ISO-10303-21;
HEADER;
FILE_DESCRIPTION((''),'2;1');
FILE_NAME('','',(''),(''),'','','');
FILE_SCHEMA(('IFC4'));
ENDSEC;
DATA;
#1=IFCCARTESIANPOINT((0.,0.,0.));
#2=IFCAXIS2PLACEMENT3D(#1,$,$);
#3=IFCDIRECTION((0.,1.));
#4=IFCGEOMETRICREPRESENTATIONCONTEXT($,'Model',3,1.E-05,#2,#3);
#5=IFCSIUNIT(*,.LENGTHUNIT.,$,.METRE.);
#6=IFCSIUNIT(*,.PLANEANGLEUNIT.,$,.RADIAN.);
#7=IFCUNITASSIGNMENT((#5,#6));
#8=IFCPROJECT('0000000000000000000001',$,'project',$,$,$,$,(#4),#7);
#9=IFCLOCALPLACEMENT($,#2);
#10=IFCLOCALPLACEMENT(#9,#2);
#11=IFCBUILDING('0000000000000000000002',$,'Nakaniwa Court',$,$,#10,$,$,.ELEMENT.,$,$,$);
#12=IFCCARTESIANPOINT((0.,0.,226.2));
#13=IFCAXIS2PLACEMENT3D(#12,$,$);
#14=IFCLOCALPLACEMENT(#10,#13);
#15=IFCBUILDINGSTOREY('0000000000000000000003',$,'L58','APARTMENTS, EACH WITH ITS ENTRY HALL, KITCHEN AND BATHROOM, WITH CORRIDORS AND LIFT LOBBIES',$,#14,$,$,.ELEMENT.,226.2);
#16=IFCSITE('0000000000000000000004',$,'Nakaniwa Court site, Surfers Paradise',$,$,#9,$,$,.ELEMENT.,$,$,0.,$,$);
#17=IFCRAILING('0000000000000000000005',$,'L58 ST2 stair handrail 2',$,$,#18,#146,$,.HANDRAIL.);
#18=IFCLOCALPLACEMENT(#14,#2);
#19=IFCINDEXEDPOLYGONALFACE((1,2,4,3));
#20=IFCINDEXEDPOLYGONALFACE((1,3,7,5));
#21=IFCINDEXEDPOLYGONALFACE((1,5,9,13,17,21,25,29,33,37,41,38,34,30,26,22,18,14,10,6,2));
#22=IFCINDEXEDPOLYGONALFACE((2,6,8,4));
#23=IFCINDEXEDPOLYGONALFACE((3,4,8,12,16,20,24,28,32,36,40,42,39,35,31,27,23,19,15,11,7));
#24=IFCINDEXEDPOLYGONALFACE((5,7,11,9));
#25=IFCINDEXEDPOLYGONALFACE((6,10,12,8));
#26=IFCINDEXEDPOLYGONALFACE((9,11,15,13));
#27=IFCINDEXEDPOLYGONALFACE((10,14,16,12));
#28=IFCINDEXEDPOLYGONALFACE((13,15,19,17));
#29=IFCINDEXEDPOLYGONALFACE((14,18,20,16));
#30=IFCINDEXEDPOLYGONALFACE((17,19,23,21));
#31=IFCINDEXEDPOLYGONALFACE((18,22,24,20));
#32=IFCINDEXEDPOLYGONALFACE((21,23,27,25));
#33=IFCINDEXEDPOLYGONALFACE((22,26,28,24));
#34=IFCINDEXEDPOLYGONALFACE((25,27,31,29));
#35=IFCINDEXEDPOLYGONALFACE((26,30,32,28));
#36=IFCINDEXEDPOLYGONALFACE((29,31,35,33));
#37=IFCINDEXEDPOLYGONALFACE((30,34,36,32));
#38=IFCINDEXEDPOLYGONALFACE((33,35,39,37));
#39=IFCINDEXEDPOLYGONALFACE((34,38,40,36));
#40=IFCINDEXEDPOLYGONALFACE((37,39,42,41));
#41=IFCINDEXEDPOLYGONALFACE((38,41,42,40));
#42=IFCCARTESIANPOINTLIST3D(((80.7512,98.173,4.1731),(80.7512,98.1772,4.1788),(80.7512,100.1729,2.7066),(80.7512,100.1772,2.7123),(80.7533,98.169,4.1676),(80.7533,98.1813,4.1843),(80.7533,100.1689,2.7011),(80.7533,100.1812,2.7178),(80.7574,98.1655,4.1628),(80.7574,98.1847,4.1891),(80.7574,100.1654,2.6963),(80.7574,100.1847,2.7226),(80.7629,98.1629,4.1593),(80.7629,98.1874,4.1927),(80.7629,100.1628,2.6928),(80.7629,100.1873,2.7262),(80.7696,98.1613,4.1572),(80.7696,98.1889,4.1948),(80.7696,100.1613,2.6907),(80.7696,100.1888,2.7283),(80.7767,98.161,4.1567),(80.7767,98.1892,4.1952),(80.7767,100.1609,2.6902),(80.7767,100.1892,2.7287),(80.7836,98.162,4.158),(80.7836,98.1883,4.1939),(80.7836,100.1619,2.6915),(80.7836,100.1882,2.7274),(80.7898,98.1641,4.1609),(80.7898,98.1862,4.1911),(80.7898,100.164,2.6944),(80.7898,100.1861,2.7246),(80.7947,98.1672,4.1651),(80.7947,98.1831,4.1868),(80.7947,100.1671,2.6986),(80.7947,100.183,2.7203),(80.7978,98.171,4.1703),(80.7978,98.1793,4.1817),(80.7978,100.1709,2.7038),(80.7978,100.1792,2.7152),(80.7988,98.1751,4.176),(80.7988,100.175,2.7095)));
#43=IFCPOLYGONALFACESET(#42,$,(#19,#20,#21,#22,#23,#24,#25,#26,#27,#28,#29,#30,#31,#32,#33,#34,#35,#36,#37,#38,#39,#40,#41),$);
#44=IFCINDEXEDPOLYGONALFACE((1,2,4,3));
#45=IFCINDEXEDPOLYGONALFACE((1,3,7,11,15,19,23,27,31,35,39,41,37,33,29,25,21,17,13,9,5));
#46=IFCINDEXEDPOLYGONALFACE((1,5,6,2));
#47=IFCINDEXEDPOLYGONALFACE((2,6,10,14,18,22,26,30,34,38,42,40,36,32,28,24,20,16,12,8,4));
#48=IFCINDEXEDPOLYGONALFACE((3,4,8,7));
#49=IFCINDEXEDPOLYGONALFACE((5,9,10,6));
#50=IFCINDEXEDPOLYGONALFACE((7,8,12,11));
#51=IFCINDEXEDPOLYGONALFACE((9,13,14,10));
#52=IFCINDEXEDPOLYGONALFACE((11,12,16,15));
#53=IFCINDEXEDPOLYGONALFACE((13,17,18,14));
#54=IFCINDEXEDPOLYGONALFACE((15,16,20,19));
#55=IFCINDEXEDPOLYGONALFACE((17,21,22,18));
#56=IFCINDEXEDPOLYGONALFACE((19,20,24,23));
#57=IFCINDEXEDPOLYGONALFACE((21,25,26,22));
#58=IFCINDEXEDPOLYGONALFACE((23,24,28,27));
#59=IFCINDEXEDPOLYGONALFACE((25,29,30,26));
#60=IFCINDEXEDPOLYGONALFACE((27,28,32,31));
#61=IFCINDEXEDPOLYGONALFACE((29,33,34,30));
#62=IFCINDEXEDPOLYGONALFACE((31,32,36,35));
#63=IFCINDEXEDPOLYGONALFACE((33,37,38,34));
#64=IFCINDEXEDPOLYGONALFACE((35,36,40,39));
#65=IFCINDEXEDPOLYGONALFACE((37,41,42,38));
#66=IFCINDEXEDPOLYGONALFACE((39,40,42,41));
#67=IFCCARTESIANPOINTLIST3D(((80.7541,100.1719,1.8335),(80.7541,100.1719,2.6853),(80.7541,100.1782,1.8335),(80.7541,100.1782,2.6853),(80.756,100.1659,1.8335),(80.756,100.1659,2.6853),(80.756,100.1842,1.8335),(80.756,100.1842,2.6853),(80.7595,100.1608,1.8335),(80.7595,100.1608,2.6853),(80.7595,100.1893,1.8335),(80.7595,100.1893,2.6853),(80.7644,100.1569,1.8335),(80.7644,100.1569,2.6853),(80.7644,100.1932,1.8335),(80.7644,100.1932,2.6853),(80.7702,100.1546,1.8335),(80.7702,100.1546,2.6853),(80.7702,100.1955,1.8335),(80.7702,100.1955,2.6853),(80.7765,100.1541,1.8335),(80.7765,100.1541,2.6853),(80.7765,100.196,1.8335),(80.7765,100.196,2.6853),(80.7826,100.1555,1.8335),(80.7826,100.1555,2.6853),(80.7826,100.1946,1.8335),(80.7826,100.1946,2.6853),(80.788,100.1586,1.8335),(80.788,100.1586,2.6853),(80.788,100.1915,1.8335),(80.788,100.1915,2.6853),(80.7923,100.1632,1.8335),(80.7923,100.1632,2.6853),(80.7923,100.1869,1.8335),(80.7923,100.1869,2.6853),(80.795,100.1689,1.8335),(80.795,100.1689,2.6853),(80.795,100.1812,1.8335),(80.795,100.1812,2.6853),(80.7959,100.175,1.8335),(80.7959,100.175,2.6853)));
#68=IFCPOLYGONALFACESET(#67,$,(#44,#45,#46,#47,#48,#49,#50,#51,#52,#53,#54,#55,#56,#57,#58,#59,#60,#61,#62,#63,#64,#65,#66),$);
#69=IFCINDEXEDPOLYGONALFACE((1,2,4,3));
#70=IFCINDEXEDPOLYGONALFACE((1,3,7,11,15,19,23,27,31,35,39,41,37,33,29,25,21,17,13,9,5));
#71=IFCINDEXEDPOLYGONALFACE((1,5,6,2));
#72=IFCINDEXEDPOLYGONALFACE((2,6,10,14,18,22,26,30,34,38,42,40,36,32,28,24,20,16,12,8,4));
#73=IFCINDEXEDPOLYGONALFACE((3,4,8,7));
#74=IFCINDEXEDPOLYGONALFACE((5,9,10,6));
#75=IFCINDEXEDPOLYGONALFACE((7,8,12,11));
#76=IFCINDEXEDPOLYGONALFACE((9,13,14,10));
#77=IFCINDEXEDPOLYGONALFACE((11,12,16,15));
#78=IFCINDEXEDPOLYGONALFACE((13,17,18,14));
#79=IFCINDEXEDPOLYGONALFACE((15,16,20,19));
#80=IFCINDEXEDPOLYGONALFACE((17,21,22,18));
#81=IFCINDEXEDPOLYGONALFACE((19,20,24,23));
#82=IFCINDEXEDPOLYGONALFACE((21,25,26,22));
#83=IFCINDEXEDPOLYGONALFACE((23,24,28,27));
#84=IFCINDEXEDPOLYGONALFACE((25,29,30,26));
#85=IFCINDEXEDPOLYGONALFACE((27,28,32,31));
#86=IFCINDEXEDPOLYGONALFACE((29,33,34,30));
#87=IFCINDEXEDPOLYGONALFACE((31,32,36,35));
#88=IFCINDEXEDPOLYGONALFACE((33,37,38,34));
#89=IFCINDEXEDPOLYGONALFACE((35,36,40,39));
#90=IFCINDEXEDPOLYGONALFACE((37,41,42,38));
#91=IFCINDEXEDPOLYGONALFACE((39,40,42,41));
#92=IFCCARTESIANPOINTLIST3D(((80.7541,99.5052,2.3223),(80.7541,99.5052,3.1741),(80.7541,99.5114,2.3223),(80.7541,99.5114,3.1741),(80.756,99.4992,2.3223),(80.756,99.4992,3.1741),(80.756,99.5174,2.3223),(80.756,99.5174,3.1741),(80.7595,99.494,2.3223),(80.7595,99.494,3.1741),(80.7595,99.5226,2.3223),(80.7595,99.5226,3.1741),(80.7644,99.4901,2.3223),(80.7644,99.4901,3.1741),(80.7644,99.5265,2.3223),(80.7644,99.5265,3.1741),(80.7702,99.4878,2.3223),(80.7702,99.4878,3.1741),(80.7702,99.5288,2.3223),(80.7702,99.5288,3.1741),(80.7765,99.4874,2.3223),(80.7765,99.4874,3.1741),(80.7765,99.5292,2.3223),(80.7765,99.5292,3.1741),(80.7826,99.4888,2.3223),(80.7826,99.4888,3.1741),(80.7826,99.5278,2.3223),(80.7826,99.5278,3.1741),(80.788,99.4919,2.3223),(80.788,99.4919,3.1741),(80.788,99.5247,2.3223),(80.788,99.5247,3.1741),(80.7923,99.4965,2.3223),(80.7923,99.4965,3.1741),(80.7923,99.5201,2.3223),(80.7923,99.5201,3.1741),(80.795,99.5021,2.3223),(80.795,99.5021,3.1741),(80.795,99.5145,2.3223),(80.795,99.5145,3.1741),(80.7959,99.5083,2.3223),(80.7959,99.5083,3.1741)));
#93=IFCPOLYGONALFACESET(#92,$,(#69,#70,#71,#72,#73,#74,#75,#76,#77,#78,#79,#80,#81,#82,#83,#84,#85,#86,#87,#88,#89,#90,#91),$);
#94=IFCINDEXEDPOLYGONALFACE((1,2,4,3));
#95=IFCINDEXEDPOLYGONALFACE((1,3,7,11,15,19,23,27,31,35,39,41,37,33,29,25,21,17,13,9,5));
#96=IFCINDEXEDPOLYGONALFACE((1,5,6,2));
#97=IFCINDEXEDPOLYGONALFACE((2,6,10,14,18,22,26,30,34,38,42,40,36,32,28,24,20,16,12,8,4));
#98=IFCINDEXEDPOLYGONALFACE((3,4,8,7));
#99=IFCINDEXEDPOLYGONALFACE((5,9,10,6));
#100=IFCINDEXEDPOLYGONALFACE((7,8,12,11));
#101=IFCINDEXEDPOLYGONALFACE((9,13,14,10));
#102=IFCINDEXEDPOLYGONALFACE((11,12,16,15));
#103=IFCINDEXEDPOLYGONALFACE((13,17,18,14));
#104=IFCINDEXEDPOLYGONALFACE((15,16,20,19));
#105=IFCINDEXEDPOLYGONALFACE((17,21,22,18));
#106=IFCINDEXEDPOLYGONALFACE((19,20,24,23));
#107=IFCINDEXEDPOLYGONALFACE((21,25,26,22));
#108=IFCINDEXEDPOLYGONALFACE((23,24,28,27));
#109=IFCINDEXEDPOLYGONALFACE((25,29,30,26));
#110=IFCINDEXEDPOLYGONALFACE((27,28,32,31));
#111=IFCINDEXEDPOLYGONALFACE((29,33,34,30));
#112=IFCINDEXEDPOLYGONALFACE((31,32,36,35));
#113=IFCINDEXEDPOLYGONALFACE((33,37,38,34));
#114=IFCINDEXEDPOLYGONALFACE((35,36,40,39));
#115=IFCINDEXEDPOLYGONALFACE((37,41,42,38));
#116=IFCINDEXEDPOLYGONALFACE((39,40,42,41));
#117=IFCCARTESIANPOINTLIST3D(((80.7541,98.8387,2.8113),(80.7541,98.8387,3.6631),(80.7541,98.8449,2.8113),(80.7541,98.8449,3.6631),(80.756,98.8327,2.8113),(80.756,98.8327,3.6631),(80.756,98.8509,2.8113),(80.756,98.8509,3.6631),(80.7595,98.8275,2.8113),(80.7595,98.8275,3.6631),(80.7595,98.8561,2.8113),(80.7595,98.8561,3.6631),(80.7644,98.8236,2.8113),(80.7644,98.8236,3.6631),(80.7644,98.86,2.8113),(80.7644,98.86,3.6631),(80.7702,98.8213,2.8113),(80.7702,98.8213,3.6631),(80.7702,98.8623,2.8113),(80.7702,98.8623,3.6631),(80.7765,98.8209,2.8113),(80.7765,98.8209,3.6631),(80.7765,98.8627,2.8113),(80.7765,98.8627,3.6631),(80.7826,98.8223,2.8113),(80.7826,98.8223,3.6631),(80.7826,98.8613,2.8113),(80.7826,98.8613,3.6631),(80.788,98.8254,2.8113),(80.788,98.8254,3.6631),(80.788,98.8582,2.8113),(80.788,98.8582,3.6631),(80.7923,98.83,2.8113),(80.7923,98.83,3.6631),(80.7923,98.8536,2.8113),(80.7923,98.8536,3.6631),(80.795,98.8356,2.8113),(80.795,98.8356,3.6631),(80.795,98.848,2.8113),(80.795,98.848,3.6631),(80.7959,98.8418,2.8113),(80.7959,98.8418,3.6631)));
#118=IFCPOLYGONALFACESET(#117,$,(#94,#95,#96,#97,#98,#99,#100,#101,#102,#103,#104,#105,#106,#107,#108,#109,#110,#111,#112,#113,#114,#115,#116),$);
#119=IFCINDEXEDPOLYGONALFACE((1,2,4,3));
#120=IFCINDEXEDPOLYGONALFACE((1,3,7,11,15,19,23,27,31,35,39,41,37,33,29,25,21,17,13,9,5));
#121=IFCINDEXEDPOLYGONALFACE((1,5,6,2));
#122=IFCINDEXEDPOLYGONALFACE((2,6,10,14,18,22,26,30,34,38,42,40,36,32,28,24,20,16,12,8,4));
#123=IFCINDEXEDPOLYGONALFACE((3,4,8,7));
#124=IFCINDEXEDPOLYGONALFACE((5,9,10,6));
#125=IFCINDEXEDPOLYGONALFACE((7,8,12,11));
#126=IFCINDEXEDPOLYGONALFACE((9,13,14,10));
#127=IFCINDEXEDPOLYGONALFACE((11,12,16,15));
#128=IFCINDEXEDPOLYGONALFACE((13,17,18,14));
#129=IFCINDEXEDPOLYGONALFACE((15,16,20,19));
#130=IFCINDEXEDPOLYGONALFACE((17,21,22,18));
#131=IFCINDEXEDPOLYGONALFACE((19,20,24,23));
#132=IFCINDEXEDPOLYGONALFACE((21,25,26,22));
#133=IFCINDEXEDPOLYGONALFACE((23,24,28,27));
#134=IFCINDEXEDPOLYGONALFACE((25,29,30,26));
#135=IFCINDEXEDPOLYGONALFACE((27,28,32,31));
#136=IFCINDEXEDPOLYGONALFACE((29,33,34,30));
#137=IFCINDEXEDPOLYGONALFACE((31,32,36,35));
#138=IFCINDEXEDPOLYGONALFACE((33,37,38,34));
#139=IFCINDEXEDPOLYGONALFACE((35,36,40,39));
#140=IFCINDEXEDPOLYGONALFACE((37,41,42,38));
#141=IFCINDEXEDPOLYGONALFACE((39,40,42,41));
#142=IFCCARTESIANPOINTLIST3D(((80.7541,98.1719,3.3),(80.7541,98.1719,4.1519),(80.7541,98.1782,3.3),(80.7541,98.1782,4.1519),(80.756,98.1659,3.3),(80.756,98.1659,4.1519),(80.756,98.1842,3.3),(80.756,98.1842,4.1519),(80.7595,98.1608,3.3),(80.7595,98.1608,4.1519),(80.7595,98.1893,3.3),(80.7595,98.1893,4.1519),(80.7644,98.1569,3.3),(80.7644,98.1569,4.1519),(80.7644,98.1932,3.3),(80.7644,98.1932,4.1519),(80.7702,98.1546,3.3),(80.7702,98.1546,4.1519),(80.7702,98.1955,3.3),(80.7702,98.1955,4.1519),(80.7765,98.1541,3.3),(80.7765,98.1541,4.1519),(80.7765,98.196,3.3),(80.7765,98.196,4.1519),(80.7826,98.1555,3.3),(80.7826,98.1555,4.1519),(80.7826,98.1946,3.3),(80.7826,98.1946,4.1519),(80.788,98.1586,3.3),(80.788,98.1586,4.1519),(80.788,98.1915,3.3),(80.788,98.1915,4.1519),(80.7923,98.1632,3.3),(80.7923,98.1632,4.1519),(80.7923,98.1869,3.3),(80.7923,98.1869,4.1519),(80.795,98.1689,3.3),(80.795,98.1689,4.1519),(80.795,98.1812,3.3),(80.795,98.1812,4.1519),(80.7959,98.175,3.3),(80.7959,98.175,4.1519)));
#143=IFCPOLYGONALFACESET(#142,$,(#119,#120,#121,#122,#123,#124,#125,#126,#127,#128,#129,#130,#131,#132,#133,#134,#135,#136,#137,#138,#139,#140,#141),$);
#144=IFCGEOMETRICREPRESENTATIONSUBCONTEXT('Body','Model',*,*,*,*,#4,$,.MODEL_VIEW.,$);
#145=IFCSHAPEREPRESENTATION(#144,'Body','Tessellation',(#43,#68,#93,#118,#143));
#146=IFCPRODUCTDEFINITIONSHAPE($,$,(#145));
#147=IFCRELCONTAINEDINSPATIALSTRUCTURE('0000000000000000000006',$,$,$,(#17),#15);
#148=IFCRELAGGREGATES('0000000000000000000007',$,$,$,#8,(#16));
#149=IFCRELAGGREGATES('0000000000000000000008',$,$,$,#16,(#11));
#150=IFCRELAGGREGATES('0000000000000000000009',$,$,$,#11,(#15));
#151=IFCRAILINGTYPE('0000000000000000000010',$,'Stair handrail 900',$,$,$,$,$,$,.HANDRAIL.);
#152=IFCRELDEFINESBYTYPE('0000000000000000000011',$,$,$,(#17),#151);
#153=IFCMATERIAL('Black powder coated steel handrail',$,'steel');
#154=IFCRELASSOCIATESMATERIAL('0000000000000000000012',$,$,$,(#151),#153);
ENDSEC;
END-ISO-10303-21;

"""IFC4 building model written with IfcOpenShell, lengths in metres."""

from ifc_helpers import new_model, si_unit, direction, frame, origin, origin_2d, place, context, subcontext, project, spatial, circle, extrude, material, type_object, element, save


model = new_model("IFC4")

# Units and contexts
model_context = context("Model", 3, precision=1e-05, world=origin(), true_north=direction((0.0, 1.0)))
body_context = subcontext(model_context, "Body", "Model", "MODEL_VIEW")
ifc_project = project(units=[si_unit("LENGTHUNIT", "METRE"), si_unit("PLANEANGLEUNIT", "RADIAN")], contexts=[model_context])

# Site, building, storey
site_placement = place(None, origin())
site = spatial("IfcSite", under=ifc_project, at=site_placement, Name="Nakaniwa Court site, Surfers Paradise", CompositionType="ELEMENT", RefElevation=0.0)
building_placement = place(site_placement, origin())
building = spatial("IfcBuilding", under=site, at=building_placement, Name="Nakaniwa Court", CompositionType="ELEMENT")
storey_placement = place(building_placement, frame((0.0, 0.0, 226.2)))
storey = spatial("IfcBuildingStorey", under=building, at=storey_placement, Name="L58", Description="APARTMENTS, EACH WITH ITS ENTRY HALL, KITCHEN AND BATHROOM, WITH CORRIDORS AND LIFT LOBBIES", CompositionType="ELEMENT", Elevation=226.2)

# Railing
ifc_material_1 = material(Name="Black powder coated steel handrail", Category="steel")
railing_type_1 = type_object("IfcRailingType", Name="Stair handrail 900", PredefinedType="HANDRAIL", material=ifc_material_1)
railing_1_placement = place(storey_placement, frame((80.7749, 100.175, 1.8335)))
element("IfcRailing", 1, at=railing_1_placement, inside=storey, type_object=railing_type_1, Name="L58 ST2 stair handrail 2", PredefinedType="HANDRAIL", context=body_context, shape_type="SweptSolid", body=[
    extrude(circle(Radius=0.0239, at=origin_2d()), frame((0.0, 0.0, 0.876), z_axis=(0.0, -0.806427, 0.591334), x_axis=(1.0, 0.0, 0.0)), (0.0, 0.0, 1.0), 2.48),
    extrude(circle(Radius=0.021, at=origin_2d()), origin(), (0.0, 0.0, 1.0), 0.8518),
    extrude(circle(Radius=0.021, at=origin_2d()), frame((0.0, -0.6667, 0.4888)), (0.0, 0.0, 1.0), 0.8518),
    extrude(circle(Radius=0.021, at=origin_2d()), frame((0.0, -1.3333, 0.9778)), (0.0, 0.0, 1.0), 0.8518),
    extrude(circle(Radius=0.021, at=origin_2d()), frame((0.0, -2.0, 1.4666)), (0.0, 0.0, 1.0), 0.8518),
])

save(model, "model.ifc")
